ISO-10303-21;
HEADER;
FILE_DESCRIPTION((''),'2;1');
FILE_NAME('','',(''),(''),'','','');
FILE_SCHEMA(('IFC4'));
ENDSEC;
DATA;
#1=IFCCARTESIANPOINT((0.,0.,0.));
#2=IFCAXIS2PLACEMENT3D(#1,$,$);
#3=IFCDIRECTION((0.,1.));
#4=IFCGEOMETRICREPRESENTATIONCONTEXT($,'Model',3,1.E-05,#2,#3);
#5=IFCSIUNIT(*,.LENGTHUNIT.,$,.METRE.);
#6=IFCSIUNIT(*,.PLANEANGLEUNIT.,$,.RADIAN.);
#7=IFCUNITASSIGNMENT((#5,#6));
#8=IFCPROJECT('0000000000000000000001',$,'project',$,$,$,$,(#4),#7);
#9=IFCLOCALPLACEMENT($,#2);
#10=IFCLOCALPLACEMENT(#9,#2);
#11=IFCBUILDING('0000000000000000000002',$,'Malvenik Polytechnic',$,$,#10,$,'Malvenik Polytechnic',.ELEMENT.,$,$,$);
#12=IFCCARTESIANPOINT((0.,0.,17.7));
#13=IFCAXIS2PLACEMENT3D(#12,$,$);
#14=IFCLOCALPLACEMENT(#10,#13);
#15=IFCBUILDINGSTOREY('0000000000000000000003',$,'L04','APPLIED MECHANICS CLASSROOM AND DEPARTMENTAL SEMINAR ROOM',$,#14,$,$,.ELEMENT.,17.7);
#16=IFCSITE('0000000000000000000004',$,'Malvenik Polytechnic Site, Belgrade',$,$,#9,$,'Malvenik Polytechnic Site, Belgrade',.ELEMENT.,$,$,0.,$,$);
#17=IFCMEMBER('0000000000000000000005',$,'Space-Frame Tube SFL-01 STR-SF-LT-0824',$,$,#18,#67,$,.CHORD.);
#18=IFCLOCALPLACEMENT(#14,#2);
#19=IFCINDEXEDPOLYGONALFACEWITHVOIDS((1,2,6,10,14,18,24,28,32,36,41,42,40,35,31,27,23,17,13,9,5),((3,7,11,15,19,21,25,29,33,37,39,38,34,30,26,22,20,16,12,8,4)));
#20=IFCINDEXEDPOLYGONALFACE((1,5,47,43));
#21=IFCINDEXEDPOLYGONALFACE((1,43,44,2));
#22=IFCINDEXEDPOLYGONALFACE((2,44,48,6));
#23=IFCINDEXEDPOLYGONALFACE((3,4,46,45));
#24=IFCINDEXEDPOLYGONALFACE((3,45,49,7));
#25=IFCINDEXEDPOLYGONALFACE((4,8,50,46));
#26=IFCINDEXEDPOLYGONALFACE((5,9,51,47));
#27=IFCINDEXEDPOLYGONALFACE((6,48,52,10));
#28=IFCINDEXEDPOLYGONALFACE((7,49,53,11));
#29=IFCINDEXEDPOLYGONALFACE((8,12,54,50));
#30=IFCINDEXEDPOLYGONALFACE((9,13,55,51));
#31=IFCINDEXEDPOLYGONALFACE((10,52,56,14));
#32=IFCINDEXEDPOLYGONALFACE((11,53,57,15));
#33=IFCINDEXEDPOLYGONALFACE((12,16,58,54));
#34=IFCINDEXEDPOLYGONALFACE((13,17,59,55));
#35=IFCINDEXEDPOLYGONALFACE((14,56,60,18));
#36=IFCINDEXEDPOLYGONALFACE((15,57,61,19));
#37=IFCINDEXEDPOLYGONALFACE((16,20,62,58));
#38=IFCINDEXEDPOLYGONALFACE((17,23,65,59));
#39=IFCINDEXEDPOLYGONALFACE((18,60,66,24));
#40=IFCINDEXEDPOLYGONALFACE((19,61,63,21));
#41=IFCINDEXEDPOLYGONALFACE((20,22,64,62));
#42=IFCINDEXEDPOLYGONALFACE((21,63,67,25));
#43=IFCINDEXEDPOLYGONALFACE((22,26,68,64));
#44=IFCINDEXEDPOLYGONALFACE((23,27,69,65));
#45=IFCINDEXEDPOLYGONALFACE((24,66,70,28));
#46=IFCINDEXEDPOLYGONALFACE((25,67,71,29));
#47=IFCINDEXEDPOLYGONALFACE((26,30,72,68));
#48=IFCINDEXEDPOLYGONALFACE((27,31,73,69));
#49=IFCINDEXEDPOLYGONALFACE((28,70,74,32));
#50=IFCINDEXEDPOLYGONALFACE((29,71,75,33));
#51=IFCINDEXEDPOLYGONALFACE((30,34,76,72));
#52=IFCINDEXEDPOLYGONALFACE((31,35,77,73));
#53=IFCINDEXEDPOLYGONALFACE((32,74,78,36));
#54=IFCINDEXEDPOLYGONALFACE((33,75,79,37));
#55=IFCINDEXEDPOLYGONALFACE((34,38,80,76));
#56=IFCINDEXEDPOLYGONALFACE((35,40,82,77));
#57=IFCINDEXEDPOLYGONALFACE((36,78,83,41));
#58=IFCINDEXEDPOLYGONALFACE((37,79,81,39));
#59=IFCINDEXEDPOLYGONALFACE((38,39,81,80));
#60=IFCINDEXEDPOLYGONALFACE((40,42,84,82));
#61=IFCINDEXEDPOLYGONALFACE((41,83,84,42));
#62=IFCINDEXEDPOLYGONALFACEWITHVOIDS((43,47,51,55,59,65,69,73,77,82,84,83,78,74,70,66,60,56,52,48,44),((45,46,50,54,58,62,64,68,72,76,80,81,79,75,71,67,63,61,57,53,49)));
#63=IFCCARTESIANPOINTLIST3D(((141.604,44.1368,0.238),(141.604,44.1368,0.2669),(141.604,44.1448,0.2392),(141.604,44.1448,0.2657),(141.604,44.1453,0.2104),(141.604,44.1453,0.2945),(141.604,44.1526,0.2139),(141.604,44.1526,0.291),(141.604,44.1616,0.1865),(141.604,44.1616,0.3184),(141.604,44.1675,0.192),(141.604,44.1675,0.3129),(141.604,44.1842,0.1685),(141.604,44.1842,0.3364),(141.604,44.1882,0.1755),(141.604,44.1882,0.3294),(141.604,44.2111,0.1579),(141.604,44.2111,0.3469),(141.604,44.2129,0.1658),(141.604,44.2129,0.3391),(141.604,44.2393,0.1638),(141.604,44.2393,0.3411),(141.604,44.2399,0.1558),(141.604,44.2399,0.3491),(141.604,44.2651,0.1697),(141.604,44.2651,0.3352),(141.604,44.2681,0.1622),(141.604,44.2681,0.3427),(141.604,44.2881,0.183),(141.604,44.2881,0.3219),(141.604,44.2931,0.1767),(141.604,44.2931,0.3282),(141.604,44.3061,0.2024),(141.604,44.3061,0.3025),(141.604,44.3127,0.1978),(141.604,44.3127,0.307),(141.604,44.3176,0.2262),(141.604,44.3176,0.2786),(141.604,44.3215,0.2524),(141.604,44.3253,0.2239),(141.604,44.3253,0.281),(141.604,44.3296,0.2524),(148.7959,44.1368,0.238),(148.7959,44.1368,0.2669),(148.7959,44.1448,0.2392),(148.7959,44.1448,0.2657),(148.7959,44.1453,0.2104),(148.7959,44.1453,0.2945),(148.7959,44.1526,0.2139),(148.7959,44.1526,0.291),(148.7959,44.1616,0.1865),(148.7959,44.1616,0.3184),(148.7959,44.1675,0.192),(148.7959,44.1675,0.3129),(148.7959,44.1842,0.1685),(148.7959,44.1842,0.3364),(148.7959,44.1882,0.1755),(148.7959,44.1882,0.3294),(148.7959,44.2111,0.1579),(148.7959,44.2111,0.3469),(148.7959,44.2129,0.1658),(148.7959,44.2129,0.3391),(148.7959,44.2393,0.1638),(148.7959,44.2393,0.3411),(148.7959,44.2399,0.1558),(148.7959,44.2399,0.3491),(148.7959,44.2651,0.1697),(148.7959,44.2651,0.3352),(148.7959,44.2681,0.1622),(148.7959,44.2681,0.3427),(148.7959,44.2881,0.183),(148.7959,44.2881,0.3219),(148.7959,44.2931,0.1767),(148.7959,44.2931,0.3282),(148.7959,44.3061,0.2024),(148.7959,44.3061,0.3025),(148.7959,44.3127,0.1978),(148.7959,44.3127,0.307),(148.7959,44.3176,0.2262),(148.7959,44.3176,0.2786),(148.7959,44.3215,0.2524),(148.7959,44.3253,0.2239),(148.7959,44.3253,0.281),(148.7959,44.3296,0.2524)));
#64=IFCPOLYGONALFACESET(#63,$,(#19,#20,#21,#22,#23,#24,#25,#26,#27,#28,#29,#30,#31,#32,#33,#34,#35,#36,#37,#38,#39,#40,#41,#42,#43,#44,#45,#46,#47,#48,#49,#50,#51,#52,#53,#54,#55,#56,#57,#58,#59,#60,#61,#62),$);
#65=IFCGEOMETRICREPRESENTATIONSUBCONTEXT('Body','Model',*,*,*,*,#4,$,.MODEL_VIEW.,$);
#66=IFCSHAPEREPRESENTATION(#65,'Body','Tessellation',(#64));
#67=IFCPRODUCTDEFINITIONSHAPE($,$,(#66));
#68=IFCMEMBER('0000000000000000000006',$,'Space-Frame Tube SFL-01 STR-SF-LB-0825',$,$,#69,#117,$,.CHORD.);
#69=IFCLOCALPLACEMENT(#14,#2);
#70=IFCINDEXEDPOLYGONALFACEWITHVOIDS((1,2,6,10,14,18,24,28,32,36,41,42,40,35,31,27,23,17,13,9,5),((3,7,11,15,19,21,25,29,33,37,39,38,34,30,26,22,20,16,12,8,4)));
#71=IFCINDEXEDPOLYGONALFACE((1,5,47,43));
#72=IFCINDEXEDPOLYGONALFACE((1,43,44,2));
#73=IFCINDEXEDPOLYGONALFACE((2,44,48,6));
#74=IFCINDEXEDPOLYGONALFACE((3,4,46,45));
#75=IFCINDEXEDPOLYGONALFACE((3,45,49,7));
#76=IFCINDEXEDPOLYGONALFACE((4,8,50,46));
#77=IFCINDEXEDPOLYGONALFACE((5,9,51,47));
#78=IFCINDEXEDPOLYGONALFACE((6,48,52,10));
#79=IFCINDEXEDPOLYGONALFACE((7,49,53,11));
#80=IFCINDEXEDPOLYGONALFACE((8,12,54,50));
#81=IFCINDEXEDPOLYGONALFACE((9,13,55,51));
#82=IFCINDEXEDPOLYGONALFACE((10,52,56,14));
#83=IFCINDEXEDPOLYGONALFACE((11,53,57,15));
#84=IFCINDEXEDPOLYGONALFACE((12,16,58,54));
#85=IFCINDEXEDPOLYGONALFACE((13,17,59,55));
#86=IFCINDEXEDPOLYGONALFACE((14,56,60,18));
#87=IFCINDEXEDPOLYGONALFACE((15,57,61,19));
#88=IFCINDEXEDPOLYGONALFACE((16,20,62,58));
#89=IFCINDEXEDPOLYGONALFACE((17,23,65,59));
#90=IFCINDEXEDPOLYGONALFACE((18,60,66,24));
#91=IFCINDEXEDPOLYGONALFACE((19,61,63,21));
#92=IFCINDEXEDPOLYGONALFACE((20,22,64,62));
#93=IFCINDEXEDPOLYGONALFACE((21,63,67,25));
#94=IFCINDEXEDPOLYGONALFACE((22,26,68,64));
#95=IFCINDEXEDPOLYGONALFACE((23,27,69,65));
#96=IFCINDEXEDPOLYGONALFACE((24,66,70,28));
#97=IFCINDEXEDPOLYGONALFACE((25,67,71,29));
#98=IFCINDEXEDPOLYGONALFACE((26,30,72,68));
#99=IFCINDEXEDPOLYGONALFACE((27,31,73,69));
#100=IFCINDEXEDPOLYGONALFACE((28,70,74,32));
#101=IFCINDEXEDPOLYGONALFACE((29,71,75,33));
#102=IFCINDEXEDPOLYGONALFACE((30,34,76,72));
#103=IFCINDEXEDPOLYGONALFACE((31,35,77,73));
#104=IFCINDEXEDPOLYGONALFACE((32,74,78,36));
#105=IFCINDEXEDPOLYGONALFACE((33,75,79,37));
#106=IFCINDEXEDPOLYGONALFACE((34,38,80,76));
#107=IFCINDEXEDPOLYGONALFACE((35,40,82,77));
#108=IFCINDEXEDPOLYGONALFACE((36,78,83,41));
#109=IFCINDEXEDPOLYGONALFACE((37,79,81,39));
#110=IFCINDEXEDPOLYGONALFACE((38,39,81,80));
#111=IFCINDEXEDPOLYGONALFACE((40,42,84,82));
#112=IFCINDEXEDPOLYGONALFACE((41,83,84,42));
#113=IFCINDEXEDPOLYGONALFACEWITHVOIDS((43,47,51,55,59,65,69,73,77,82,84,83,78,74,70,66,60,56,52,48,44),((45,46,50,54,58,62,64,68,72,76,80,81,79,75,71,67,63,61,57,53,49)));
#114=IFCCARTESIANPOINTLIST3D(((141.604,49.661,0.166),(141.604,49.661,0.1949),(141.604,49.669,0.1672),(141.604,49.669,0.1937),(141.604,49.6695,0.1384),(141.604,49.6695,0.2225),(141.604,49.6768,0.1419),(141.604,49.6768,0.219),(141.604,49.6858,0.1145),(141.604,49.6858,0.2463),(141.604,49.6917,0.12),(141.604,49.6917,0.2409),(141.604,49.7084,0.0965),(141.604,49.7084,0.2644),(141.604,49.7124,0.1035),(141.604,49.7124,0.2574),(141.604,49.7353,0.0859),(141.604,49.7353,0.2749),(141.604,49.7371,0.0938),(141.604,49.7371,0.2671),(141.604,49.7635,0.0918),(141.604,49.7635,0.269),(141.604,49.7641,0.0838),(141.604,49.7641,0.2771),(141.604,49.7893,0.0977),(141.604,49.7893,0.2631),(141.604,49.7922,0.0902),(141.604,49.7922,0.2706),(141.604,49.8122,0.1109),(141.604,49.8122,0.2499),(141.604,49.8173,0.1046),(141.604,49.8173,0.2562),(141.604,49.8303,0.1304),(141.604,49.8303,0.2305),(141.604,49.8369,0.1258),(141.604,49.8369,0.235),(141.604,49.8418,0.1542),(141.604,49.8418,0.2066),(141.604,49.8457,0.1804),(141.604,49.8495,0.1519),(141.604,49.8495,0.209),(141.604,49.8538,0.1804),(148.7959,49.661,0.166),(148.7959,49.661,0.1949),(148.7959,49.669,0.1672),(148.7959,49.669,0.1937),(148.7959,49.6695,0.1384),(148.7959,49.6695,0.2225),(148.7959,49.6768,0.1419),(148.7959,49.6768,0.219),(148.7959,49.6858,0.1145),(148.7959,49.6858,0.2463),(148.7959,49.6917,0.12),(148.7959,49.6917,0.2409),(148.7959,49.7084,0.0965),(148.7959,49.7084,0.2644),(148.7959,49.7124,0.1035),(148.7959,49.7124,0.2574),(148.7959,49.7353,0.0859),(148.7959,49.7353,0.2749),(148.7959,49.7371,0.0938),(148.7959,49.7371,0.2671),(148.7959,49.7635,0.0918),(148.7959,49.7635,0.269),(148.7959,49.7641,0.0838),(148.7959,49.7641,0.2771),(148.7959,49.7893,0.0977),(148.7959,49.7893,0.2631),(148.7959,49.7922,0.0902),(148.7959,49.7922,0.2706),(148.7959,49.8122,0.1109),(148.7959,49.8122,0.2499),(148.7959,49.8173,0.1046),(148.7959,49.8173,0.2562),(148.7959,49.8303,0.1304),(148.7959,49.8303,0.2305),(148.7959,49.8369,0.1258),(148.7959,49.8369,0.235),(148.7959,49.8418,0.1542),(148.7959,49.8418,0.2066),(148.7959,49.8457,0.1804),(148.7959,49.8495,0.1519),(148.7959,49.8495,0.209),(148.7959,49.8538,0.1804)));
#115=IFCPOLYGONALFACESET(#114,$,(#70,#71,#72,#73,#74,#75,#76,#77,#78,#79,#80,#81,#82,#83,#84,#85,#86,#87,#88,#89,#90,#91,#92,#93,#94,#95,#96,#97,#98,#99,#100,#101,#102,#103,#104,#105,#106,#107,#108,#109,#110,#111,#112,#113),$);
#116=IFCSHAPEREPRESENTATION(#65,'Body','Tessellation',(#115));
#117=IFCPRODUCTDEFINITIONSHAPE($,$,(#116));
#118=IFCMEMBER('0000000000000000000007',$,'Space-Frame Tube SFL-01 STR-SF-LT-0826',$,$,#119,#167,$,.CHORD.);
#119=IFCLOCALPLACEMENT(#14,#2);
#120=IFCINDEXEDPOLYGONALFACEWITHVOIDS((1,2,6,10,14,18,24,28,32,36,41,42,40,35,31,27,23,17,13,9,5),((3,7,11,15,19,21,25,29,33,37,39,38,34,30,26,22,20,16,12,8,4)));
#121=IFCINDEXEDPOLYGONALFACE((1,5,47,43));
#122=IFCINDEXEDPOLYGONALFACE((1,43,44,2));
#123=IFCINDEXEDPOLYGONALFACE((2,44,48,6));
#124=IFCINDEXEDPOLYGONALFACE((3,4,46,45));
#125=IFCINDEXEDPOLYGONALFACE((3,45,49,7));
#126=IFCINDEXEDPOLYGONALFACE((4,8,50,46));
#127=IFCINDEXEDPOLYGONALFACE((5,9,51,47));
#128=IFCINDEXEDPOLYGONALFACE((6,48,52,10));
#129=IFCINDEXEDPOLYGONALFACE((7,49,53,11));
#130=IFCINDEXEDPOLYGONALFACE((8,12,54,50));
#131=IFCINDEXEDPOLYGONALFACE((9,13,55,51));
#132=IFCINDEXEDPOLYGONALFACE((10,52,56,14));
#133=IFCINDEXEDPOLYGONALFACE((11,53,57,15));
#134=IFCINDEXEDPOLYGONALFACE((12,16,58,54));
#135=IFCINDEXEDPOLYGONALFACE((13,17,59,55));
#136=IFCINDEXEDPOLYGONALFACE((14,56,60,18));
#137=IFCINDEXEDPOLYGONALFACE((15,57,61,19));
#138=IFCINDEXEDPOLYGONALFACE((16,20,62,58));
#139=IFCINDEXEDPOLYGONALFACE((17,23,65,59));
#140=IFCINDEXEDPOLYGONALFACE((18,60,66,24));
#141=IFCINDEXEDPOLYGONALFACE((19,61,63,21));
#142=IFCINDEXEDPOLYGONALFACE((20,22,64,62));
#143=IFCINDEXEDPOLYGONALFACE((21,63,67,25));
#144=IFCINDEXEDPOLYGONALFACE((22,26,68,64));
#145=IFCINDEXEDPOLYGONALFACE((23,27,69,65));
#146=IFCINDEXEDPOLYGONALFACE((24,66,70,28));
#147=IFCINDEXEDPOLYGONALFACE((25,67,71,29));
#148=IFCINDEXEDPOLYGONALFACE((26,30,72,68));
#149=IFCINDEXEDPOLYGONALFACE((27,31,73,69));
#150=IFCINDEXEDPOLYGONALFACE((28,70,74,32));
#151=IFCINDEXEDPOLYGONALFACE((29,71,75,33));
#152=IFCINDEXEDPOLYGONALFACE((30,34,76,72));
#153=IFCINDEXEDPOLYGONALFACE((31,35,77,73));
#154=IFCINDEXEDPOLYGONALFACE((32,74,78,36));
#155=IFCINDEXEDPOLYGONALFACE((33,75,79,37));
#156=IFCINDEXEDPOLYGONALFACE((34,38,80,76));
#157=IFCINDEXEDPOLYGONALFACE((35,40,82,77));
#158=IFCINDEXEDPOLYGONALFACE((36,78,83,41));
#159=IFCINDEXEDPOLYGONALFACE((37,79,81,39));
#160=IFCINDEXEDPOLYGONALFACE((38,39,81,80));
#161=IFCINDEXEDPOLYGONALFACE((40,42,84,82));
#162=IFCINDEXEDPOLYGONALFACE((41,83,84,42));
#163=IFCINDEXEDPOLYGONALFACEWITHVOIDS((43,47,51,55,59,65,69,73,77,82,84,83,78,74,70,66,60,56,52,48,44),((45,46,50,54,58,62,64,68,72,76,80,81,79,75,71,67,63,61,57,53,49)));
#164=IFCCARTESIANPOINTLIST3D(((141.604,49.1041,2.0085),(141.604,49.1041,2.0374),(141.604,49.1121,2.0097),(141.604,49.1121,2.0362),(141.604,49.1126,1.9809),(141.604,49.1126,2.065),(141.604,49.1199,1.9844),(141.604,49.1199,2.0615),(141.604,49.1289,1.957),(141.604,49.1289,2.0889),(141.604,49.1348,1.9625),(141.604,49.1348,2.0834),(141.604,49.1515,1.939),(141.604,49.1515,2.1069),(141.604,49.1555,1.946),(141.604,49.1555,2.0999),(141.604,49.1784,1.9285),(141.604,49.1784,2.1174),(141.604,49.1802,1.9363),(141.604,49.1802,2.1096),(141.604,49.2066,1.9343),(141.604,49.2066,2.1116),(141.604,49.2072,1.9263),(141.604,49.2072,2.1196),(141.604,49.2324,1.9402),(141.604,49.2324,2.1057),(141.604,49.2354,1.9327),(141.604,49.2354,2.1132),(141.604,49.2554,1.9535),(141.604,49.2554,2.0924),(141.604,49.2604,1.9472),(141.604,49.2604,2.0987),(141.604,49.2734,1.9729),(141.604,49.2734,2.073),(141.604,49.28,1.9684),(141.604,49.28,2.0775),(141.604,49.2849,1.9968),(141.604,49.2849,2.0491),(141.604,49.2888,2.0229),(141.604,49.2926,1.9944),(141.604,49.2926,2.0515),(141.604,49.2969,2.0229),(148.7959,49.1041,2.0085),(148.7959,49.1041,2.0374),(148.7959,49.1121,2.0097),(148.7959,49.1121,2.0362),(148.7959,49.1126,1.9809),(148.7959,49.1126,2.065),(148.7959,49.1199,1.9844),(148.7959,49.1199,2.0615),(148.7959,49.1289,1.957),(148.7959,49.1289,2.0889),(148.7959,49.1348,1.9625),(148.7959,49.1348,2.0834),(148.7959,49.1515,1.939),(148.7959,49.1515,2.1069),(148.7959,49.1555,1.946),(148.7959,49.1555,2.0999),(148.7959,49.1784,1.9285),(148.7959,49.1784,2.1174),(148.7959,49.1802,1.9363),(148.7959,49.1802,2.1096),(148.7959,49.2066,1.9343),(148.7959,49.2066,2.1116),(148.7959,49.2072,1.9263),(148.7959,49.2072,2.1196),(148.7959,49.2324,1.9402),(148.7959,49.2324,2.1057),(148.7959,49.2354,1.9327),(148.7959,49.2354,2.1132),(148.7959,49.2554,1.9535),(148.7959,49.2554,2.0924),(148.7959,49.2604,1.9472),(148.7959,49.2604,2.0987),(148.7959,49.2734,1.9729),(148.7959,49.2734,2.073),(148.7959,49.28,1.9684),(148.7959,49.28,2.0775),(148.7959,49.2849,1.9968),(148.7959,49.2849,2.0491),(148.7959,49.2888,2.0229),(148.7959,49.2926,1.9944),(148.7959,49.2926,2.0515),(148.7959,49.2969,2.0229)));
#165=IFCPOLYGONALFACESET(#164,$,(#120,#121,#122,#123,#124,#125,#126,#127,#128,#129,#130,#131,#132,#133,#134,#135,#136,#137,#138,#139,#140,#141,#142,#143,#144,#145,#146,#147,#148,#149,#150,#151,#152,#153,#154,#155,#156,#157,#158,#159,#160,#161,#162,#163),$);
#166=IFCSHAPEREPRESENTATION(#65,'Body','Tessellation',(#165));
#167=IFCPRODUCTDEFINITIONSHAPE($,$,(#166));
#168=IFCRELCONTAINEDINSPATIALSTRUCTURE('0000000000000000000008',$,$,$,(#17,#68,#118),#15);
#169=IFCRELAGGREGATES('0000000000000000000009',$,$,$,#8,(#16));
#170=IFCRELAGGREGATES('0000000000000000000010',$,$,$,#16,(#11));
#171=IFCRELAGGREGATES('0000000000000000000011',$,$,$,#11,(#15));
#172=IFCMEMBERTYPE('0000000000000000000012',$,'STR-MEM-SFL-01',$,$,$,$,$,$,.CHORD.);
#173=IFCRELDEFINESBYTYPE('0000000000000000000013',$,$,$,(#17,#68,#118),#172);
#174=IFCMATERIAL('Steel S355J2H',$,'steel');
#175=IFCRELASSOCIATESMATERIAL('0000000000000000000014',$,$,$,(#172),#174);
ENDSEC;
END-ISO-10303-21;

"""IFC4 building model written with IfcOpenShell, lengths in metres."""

from ifc_helpers import new_model, si_unit, direction, frame, origin, origin_2d, place, context, subcontext, project, spatial, hollow_circle, extrude, material, material_profile, profile_set, type_object, element, save


model = new_model("IFC4")

# Units and contexts
model_context = context("Model", 3, precision=1e-05, world=origin(), true_north=direction((0.0, 1.0)))
body_context = subcontext(model_context, "Body", "Model", "MODEL_VIEW")
ifc_project = project(units=[si_unit("LENGTHUNIT", "METRE"), si_unit("PLANEANGLEUNIT", "RADIAN")], contexts=[model_context])

# Site, building, storey
site_placement = place(None, origin())
site = spatial("IfcSite", under=ifc_project, at=site_placement, Name="Malvenik Polytechnic Site, Belgrade", LongName="Malvenik Polytechnic Site, Belgrade", CompositionType="ELEMENT", RefElevation=0.0)
building_placement = place(site_placement, origin())
building = spatial("IfcBuilding", under=site, at=building_placement, Name="Malvenik Polytechnic", LongName="Malvenik Polytechnic", CompositionType="ELEMENT")
storey_placement = place(building_placement, frame((0.0, 0.0, 17.7)))
storey = spatial("IfcBuildingStorey", under=building, at=storey_placement, Name="L04", Description="APPLIED MECHANICS CLASSROOM AND DEPARTMENTAL SEMINAR ROOM", CompositionType="ELEMENT", Elevation=17.7)

# Members
ifc_material = material(Name="Steel S355J2H", Category="steel")
ifc_material_profile_1 = material_profile(ifc_material, hollow_circle(Radius=0.0969, WallThickness=0.0081, at=origin_2d()), Name="CHS 193.7x8.0")
ifc_profile_set_1 = profile_set([ifc_material_profile_1], Name="Steel S355J2H")
member_type_1 = type_object("IfcMemberType", Name="STR-MEM-SFL-01", PredefinedType="CHORD", material=ifc_profile_set_1)
for number, where, z_axis, x_axis, name in (
    (1, (141.604, 44.2327, 0.2524), (1.0, 0.0, 0.0), (0.0, 1.0, 0.0), "Space-Frame Tube SFL-01 STR-SF-LT-0824"),
    (2, (141.604, 49.7568, 0.1804), (1.0, 0.0, 0.0), (0.0, 1.0, 0.0), "Space-Frame Tube SFL-01 STR-SF-LB-0825"),
    (3, (141.604, 49.2, 2.0229), (1.0, 0.0, 0.0), (0.0, 1.0, 0.0), "Space-Frame Tube SFL-01 STR-SF-LT-0826"),
):
    element("IfcMember", number, at=place(storey_placement, frame(where, z_axis=z_axis, x_axis=x_axis)), inside=storey, type_object=member_type_1, Name=name, PredefinedType="CHORD", context=body_context, shape_type="SweptSolid", body=[
        extrude(hollow_circle(Radius=0.0969, WallThickness=0.0081, at=origin_2d()), origin(), (0.0, 0.0, 1.0), 7.1919),
    ])

save(model, "model.ifc")
